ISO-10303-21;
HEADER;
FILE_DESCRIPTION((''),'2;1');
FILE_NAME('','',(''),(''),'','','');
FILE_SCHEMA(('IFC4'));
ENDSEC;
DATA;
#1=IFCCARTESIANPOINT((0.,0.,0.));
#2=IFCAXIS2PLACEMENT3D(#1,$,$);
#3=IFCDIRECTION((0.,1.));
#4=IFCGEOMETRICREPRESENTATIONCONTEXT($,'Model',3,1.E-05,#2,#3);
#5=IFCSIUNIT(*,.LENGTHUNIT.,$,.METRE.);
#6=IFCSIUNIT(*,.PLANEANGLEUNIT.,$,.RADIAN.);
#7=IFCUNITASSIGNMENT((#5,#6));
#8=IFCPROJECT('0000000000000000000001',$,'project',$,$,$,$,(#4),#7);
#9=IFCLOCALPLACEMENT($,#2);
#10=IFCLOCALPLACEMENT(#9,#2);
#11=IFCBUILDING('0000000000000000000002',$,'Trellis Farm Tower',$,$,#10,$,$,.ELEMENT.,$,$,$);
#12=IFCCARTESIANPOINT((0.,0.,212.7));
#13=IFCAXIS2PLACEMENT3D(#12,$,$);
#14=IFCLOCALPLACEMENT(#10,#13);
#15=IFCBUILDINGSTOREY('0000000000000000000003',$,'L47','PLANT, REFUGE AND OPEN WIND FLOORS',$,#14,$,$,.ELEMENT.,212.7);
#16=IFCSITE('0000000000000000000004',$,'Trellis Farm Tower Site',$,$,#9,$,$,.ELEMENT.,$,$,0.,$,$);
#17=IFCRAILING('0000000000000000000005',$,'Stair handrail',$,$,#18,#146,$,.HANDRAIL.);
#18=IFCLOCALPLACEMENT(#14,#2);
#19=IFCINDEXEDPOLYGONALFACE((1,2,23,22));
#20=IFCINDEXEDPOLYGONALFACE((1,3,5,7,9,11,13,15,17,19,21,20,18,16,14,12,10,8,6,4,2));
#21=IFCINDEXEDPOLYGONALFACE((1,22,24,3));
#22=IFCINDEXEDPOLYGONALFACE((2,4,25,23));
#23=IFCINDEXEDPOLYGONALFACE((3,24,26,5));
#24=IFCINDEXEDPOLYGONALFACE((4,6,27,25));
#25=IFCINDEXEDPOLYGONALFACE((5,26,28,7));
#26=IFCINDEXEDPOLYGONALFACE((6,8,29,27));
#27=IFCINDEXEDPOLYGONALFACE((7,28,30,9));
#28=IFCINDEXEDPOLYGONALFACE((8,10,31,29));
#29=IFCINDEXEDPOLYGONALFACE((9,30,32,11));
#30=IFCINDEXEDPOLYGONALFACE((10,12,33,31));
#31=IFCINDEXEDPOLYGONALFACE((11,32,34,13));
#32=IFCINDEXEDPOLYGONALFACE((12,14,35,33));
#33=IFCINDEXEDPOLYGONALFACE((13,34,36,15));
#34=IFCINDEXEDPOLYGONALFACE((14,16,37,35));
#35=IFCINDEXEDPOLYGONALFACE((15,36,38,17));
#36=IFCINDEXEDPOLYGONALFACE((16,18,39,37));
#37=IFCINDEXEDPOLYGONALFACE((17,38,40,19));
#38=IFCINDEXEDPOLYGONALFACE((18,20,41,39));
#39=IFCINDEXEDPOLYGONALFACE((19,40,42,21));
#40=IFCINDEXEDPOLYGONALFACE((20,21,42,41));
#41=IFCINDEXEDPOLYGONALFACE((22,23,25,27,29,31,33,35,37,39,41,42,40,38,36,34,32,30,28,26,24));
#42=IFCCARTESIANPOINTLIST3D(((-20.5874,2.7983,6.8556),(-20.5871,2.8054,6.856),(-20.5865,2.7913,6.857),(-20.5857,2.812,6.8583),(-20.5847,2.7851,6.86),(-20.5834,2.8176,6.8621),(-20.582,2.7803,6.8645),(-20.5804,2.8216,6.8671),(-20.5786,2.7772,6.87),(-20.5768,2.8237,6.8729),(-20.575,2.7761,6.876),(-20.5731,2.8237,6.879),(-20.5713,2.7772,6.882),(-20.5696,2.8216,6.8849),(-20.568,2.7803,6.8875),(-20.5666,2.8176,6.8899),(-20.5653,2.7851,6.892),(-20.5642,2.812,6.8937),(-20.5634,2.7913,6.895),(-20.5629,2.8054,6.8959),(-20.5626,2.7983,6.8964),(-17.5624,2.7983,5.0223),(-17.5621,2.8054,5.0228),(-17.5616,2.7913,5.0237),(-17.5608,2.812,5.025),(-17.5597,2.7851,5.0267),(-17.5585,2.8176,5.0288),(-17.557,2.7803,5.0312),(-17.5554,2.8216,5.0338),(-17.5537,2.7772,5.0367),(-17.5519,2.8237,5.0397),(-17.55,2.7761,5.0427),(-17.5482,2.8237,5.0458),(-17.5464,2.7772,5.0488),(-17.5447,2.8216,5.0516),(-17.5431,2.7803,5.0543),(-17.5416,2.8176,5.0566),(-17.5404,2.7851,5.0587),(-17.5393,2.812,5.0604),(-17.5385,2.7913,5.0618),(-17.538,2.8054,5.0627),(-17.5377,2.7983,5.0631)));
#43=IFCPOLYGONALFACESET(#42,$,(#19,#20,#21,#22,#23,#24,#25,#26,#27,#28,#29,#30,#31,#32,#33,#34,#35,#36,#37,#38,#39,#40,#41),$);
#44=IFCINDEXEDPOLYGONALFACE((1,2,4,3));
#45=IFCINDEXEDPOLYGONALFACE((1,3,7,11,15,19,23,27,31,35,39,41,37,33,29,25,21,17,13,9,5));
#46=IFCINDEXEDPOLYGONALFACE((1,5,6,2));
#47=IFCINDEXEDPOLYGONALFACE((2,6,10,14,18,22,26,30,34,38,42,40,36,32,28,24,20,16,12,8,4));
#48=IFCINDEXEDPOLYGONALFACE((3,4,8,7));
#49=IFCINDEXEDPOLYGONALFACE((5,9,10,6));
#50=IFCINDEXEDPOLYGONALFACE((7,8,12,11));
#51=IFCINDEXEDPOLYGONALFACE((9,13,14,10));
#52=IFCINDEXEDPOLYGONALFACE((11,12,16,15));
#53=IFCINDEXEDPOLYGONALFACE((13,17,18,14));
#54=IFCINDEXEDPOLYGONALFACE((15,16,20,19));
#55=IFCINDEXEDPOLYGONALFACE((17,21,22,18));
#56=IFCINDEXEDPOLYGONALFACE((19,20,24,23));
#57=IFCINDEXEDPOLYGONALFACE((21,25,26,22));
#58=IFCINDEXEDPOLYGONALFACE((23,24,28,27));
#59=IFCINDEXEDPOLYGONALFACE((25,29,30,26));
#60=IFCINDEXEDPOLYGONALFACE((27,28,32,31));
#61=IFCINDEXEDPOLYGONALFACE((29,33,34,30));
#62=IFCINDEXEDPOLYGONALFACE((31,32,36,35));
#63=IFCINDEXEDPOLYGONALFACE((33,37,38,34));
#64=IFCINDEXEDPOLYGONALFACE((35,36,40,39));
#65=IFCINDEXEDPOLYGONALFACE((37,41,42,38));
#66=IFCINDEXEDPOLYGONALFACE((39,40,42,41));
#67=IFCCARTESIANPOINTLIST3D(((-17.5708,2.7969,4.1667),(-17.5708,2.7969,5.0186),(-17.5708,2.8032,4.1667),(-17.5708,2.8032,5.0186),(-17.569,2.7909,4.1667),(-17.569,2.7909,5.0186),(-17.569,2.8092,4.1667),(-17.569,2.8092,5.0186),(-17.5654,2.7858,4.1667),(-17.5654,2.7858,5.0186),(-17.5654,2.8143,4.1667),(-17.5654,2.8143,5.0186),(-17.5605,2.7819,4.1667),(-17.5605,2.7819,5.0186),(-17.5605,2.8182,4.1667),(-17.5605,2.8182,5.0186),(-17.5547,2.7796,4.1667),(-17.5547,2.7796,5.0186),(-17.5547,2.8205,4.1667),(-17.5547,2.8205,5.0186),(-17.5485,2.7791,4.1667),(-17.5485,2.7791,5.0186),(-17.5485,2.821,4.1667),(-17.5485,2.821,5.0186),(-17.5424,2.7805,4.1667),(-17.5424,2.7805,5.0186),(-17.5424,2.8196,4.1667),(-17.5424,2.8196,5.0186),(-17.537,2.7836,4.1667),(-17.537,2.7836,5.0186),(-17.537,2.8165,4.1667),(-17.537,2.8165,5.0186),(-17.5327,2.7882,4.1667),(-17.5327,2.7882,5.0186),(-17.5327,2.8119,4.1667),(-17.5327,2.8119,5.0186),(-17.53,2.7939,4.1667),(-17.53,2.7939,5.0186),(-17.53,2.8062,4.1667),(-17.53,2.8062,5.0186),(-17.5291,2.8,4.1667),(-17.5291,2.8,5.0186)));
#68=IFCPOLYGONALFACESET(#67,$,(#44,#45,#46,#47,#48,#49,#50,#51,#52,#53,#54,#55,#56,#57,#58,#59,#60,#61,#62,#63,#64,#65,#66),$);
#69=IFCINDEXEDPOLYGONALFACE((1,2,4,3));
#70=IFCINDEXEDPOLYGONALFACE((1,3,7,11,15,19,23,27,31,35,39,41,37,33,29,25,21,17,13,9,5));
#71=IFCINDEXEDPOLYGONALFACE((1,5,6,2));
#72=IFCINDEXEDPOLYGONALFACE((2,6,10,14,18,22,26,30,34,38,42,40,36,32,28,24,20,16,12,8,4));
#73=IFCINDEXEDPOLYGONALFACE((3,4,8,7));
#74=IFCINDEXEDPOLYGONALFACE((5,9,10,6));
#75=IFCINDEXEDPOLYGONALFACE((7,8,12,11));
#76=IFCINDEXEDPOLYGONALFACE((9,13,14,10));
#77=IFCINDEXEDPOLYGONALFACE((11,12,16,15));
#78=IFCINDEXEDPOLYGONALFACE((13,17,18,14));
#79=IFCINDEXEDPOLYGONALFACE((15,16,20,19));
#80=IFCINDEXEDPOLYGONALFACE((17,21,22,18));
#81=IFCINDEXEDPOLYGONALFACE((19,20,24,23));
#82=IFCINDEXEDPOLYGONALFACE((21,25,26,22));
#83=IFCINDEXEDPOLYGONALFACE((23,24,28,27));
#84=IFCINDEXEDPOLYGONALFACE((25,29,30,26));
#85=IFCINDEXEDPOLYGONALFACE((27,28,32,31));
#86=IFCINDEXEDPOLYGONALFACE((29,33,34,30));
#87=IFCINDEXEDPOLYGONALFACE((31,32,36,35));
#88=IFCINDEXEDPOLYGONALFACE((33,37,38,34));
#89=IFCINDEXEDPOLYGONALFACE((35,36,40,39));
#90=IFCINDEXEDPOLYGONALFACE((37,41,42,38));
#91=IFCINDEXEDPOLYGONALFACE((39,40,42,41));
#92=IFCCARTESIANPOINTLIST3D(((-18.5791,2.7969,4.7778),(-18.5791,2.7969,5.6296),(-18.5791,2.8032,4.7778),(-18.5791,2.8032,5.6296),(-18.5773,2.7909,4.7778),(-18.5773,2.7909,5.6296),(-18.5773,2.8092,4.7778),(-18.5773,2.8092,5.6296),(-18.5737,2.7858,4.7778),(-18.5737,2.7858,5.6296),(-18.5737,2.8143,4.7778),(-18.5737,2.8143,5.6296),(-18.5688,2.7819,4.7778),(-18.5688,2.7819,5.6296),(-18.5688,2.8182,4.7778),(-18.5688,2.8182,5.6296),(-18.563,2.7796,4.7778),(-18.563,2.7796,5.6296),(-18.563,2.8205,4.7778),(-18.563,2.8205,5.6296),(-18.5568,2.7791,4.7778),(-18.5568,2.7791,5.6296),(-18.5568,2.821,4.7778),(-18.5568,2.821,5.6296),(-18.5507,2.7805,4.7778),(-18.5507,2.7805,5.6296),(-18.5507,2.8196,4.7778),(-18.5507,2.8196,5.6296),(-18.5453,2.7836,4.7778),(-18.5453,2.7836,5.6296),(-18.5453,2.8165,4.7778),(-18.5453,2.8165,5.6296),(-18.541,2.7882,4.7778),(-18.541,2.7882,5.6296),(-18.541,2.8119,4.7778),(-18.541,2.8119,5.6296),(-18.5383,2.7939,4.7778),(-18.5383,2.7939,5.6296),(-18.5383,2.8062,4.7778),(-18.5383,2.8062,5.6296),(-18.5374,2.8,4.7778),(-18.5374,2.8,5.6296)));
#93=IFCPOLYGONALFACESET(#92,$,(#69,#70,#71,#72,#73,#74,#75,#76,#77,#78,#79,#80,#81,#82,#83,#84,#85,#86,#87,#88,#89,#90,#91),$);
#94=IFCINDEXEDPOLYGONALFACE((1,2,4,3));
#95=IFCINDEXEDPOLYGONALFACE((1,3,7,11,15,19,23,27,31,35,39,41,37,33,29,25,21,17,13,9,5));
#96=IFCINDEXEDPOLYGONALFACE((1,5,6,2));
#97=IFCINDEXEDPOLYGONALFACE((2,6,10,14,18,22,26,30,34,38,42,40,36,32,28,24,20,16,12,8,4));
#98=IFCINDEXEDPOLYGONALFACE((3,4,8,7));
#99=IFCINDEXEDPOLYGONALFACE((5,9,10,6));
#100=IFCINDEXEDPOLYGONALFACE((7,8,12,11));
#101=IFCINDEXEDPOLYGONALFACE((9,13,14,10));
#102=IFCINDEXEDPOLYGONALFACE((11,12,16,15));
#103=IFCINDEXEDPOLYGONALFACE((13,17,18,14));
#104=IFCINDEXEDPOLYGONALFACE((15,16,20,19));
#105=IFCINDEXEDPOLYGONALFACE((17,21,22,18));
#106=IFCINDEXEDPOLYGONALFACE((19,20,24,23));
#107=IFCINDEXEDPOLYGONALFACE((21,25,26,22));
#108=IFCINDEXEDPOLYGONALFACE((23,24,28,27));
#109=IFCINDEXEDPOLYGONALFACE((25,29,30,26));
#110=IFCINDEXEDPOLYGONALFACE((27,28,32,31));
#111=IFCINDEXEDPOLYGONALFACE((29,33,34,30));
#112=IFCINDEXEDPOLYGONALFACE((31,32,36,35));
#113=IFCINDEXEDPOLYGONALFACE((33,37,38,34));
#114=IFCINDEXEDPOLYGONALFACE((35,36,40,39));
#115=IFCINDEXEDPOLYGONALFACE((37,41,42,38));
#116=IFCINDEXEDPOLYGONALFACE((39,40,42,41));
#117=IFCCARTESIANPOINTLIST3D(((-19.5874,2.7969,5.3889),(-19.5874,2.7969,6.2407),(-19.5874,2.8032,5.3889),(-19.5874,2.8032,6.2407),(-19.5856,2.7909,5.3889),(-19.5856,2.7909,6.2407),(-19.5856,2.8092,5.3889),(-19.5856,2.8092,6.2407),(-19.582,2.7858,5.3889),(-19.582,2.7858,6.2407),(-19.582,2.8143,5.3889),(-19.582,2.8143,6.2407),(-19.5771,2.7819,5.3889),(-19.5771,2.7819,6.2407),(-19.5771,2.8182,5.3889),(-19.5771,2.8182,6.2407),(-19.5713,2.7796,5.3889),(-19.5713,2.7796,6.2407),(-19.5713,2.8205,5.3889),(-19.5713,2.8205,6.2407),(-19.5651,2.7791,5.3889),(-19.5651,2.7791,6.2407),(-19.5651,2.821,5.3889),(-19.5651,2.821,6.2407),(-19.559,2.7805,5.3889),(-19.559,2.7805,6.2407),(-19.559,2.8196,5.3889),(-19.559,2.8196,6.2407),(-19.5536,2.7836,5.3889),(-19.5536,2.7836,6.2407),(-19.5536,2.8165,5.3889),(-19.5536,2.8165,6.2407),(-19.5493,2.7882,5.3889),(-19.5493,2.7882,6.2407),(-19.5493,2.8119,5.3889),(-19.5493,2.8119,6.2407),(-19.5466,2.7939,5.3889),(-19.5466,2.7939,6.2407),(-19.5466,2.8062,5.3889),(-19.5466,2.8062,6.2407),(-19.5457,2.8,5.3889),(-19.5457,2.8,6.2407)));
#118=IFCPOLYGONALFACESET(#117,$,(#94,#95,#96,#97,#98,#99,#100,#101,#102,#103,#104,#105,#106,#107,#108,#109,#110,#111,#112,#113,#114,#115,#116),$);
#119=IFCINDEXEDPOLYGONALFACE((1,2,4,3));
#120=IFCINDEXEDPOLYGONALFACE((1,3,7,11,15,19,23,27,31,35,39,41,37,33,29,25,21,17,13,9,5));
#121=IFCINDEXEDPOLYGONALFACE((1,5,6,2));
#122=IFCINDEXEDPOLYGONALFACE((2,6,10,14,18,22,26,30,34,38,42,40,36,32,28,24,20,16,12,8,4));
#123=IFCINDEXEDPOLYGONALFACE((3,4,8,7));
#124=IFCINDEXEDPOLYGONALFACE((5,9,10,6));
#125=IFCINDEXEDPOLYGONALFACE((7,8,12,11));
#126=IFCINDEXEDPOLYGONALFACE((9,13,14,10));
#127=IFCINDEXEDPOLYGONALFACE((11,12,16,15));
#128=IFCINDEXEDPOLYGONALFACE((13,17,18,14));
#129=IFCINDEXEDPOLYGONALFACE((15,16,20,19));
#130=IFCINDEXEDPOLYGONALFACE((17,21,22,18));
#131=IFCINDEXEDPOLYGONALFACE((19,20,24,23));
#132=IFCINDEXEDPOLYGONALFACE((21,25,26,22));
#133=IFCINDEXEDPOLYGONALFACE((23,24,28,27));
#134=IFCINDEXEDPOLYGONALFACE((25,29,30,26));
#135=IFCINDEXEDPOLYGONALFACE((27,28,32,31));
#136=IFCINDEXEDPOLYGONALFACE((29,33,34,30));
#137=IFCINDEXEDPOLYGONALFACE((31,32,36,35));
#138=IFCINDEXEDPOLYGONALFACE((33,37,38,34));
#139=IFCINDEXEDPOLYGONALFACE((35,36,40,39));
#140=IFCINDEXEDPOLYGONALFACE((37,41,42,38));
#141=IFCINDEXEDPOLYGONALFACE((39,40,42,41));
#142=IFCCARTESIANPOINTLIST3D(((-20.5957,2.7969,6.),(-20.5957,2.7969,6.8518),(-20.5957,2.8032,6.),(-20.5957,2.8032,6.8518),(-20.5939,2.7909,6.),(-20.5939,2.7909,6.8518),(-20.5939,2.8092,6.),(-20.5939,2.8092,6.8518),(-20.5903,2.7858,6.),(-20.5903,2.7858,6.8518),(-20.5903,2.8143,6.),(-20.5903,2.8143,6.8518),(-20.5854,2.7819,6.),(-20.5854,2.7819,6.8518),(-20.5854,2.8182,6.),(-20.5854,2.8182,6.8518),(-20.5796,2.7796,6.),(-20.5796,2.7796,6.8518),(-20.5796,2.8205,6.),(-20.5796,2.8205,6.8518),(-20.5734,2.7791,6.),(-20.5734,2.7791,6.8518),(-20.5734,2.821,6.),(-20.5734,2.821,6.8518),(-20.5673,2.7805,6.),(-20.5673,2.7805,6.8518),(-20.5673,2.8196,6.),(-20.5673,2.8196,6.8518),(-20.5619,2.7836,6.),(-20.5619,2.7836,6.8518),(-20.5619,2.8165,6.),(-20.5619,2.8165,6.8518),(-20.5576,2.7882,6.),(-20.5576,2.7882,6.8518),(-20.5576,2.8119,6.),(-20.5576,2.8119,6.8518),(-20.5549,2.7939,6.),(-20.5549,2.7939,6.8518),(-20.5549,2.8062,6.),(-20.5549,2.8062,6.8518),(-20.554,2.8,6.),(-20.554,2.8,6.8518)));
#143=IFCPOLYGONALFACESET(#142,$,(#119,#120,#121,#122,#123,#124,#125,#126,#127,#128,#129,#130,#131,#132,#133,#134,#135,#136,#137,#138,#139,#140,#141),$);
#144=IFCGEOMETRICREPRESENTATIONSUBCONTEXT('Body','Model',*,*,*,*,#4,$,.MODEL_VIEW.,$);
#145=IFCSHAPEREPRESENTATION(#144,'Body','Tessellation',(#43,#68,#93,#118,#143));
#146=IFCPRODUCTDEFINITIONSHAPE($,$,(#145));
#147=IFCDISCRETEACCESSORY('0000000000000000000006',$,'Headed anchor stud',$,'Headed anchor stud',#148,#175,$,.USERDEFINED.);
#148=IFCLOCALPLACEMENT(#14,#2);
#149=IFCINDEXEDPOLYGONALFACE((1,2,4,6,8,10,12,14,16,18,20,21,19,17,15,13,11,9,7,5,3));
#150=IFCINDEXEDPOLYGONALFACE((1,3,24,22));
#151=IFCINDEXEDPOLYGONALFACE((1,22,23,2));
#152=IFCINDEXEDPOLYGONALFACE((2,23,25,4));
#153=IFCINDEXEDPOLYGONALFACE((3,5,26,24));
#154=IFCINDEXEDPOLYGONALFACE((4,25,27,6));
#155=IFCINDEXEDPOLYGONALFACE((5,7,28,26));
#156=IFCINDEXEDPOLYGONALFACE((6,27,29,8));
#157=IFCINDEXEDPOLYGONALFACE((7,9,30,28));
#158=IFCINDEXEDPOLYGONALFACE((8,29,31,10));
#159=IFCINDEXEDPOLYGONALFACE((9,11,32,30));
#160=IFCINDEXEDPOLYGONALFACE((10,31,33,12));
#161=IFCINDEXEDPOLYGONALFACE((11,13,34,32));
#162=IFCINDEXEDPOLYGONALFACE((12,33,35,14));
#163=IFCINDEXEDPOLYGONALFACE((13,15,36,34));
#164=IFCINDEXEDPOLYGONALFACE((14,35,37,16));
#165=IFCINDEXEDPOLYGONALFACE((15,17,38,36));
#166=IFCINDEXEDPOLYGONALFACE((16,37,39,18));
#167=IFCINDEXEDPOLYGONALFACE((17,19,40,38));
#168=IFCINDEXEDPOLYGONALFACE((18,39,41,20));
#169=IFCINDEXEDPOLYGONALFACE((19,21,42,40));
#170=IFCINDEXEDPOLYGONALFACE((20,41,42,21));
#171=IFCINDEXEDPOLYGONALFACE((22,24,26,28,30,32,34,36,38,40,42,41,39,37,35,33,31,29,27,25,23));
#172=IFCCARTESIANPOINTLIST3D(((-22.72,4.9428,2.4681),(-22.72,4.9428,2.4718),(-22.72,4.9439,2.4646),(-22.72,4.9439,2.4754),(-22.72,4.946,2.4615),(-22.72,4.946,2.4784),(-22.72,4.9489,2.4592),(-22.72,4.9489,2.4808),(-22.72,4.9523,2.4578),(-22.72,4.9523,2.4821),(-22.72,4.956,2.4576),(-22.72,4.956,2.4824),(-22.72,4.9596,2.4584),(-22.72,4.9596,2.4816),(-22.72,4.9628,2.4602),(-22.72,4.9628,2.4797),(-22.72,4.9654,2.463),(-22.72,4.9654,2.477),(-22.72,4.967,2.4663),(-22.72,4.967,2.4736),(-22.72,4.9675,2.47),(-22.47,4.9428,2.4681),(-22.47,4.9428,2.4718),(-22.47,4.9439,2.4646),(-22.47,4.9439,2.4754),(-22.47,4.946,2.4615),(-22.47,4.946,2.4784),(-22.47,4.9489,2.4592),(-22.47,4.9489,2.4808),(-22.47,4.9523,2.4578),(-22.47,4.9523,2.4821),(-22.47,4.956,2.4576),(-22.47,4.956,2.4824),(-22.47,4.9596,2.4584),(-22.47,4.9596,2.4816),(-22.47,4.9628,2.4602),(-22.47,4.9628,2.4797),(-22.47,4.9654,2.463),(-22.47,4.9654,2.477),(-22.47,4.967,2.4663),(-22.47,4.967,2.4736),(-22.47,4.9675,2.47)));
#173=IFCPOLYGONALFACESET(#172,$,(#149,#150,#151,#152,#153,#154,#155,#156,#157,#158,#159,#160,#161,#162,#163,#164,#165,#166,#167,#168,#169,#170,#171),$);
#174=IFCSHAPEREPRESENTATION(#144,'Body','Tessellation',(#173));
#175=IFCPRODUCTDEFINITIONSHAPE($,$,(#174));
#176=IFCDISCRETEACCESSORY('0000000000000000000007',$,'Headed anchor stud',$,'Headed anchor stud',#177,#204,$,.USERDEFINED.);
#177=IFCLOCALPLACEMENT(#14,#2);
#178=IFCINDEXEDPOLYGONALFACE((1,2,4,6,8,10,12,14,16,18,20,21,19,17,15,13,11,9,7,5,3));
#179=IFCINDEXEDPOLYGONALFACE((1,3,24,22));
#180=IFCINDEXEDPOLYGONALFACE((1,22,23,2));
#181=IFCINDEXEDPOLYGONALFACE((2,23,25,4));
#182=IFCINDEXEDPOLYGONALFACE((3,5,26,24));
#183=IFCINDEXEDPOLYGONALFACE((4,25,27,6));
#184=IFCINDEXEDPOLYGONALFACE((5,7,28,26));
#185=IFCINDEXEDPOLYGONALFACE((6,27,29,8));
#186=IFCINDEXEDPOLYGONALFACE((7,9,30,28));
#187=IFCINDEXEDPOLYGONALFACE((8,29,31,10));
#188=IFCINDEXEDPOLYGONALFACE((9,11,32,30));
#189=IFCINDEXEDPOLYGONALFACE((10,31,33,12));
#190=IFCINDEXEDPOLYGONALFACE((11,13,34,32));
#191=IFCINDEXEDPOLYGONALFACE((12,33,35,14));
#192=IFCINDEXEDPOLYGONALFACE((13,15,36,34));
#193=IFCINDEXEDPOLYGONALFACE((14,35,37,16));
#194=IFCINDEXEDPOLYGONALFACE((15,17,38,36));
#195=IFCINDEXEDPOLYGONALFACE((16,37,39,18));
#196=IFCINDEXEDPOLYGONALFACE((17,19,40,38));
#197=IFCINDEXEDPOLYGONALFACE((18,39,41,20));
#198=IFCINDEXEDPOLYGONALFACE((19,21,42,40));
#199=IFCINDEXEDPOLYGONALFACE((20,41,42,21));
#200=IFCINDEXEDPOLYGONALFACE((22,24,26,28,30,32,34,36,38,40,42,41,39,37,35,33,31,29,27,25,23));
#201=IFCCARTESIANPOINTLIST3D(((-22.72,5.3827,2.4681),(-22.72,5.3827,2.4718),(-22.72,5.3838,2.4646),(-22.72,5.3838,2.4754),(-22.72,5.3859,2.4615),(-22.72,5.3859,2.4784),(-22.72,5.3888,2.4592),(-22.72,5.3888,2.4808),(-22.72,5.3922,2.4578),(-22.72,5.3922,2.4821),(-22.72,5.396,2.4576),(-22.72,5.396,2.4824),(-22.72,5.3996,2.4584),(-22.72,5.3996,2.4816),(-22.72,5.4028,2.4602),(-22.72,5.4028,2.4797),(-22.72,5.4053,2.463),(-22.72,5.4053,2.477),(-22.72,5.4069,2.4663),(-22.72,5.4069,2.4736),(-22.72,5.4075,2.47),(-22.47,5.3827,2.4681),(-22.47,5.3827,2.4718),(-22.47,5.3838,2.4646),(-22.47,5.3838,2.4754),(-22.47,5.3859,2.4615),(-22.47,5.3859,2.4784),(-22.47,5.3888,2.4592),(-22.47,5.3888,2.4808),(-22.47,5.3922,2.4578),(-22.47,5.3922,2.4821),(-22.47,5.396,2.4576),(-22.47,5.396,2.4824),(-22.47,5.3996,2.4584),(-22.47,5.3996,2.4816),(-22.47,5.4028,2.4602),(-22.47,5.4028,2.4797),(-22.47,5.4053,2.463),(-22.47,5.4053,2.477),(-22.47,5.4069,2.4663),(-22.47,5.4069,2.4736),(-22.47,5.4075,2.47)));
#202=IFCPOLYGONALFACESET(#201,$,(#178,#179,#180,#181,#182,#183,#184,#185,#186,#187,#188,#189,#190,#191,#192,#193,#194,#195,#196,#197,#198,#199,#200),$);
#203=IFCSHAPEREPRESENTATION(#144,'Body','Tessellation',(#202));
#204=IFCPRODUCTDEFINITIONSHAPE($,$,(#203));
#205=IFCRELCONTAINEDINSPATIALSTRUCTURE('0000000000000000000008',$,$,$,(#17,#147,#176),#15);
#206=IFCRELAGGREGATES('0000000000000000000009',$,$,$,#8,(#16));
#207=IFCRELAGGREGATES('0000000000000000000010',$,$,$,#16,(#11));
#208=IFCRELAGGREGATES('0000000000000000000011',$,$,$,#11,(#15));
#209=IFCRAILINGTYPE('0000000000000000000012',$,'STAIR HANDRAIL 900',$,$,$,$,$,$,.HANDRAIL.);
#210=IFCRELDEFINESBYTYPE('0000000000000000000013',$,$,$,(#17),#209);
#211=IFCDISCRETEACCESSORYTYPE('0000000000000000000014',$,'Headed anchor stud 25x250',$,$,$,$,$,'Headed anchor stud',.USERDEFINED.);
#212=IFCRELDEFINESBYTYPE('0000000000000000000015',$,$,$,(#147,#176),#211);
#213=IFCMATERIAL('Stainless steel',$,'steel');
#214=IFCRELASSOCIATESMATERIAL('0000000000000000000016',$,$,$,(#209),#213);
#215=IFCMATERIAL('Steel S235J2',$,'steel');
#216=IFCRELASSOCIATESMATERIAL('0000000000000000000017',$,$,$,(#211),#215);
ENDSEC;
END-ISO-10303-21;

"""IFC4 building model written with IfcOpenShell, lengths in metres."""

from ifc_helpers import new_model, si_unit, direction, frame, origin, origin_2d, place, context, subcontext, project, spatial, circle, extrude, source, transform, mapped, material, material_profile, profile_set, type_object, element, save


model = new_model("IFC4")

# Units and contexts
model_context = context("Model", 3, precision=1e-05, world=origin(), true_north=direction((0.0, 1.0)))
body_context = subcontext(model_context, "Body", "Model", "MODEL_VIEW")
ifc_project = project(units=[si_unit("LENGTHUNIT", "METRE"), si_unit("PLANEANGLEUNIT", "RADIAN")], contexts=[model_context])

# Site, building, storey
site_placement = place(None, origin())
site = spatial("IfcSite", under=ifc_project, at=site_placement, Name="Trellis Farm Tower Site", CompositionType="ELEMENT", RefElevation=0.0)
building_placement = place(site_placement, origin())
building = spatial("IfcBuilding", under=site, at=building_placement, Name="Trellis Farm Tower", CompositionType="ELEMENT")
storey_placement = place(building_placement, frame((0.0, 0.0, 212.7)))
storey = spatial("IfcBuildingStorey", under=building, at=storey_placement, Name="L47", Description="PLANT, REFUGE AND OPEN WIND FLOORS", CompositionType="ELEMENT", Elevation=212.7)

# Railing
ifc_material_1 = material(Name="Stainless steel", Category="steel")
railing_type_1 = type_object("IfcRailingType", Name="STAIR HANDRAIL 900", PredefinedType="HANDRAIL", material=ifc_material_1)
shared_shape_1 = source(origin(), body_context, "Body", "SweptSolid", [
    extrude(circle(Radius=0.0239, at=origin_2d()), frame((0.0, 0.0, 0.876), z_axis=(-0.855201, 0.0, 0.518297), x_axis=(0.0, -1.0, 0.0)), (0.0, 0.0, 1.0), 3.5371),
    extrude(circle(Radius=0.021, at=origin_2d()), origin(), (0.0, 0.0, 1.0), 0.8518),
    extrude(circle(Radius=0.021, at=origin_2d()), frame((-1.0083, 0.0, 0.6111)), (0.0, 0.0, 1.0), 0.8518),
    extrude(circle(Radius=0.021, at=origin_2d()), frame((-2.0166, 0.0, 1.2222)), (0.0, 0.0, 1.0), 0.8518),
    extrude(circle(Radius=0.021, at=origin_2d()), frame((-3.0249, 0.0, 1.8333)), (0.0, 0.0, 1.0), 0.8518),
])
for number, where, name in (
    (1, (-17.55, 2.8, 4.1667), "Stair handrail"),
):
    element("IfcRailing", number, at=place(storey_placement, frame(where)), inside=storey, type_object=railing_type_1, Name=name, PredefinedType="HANDRAIL", context=body_context, shape_type="MappedRepresentation", body=[
        mapped(shared_shape_1, transform((0.0, 0.0, 0.0))),
    ])

# Discrete accessories
ifc_material_2 = material(Name="Steel S235J2", Category="steel")
ifc_material_profile_1 = material_profile(ifc_material_2, circle(Radius=0.0125, at=origin_2d()), Name="Headed anchor stud 25x250")
ifc_profile_set_1 = profile_set([ifc_material_profile_1], Name="Steel S235J2")
discrete_accessory_type = type_object("IfcDiscreteAccessoryType", Name="Headed anchor stud 25x250", ElementType="Headed anchor stud", PredefinedType="USERDEFINED", material=ifc_profile_set_1)
shared_shape_2 = source(origin(), body_context, "Body", "SweptSolid", [
    extrude(circle(Radius=0.0125, at=origin_2d()), origin(), (0.0, 0.0, 1.0), 0.25),
])
for number, where, z_axis, x_axis, name in (
    (2, (-22.72, 4.9551, 2.47), (1.0, 0.0, 0.0), (0.0, 1.0, 0.0), "Headed anchor stud"),
    (3, (-22.72, 5.395, 2.47), (1.0, 0.0, 0.0), (0.0, 1.0, 0.0), "Headed anchor stud"),
):
    element("IfcDiscreteAccessory", number, at=place(storey_placement, frame(where, z_axis=z_axis, x_axis=x_axis)), inside=storey, type_object=discrete_accessory_type, Name=name, ObjectType="Headed anchor stud", PredefinedType="USERDEFINED", context=body_context, shape_type="MappedRepresentation", body=[
        mapped(shared_shape_2, transform((0.0, 0.0, 0.0))),
    ])

save(model, "model.ifc")
